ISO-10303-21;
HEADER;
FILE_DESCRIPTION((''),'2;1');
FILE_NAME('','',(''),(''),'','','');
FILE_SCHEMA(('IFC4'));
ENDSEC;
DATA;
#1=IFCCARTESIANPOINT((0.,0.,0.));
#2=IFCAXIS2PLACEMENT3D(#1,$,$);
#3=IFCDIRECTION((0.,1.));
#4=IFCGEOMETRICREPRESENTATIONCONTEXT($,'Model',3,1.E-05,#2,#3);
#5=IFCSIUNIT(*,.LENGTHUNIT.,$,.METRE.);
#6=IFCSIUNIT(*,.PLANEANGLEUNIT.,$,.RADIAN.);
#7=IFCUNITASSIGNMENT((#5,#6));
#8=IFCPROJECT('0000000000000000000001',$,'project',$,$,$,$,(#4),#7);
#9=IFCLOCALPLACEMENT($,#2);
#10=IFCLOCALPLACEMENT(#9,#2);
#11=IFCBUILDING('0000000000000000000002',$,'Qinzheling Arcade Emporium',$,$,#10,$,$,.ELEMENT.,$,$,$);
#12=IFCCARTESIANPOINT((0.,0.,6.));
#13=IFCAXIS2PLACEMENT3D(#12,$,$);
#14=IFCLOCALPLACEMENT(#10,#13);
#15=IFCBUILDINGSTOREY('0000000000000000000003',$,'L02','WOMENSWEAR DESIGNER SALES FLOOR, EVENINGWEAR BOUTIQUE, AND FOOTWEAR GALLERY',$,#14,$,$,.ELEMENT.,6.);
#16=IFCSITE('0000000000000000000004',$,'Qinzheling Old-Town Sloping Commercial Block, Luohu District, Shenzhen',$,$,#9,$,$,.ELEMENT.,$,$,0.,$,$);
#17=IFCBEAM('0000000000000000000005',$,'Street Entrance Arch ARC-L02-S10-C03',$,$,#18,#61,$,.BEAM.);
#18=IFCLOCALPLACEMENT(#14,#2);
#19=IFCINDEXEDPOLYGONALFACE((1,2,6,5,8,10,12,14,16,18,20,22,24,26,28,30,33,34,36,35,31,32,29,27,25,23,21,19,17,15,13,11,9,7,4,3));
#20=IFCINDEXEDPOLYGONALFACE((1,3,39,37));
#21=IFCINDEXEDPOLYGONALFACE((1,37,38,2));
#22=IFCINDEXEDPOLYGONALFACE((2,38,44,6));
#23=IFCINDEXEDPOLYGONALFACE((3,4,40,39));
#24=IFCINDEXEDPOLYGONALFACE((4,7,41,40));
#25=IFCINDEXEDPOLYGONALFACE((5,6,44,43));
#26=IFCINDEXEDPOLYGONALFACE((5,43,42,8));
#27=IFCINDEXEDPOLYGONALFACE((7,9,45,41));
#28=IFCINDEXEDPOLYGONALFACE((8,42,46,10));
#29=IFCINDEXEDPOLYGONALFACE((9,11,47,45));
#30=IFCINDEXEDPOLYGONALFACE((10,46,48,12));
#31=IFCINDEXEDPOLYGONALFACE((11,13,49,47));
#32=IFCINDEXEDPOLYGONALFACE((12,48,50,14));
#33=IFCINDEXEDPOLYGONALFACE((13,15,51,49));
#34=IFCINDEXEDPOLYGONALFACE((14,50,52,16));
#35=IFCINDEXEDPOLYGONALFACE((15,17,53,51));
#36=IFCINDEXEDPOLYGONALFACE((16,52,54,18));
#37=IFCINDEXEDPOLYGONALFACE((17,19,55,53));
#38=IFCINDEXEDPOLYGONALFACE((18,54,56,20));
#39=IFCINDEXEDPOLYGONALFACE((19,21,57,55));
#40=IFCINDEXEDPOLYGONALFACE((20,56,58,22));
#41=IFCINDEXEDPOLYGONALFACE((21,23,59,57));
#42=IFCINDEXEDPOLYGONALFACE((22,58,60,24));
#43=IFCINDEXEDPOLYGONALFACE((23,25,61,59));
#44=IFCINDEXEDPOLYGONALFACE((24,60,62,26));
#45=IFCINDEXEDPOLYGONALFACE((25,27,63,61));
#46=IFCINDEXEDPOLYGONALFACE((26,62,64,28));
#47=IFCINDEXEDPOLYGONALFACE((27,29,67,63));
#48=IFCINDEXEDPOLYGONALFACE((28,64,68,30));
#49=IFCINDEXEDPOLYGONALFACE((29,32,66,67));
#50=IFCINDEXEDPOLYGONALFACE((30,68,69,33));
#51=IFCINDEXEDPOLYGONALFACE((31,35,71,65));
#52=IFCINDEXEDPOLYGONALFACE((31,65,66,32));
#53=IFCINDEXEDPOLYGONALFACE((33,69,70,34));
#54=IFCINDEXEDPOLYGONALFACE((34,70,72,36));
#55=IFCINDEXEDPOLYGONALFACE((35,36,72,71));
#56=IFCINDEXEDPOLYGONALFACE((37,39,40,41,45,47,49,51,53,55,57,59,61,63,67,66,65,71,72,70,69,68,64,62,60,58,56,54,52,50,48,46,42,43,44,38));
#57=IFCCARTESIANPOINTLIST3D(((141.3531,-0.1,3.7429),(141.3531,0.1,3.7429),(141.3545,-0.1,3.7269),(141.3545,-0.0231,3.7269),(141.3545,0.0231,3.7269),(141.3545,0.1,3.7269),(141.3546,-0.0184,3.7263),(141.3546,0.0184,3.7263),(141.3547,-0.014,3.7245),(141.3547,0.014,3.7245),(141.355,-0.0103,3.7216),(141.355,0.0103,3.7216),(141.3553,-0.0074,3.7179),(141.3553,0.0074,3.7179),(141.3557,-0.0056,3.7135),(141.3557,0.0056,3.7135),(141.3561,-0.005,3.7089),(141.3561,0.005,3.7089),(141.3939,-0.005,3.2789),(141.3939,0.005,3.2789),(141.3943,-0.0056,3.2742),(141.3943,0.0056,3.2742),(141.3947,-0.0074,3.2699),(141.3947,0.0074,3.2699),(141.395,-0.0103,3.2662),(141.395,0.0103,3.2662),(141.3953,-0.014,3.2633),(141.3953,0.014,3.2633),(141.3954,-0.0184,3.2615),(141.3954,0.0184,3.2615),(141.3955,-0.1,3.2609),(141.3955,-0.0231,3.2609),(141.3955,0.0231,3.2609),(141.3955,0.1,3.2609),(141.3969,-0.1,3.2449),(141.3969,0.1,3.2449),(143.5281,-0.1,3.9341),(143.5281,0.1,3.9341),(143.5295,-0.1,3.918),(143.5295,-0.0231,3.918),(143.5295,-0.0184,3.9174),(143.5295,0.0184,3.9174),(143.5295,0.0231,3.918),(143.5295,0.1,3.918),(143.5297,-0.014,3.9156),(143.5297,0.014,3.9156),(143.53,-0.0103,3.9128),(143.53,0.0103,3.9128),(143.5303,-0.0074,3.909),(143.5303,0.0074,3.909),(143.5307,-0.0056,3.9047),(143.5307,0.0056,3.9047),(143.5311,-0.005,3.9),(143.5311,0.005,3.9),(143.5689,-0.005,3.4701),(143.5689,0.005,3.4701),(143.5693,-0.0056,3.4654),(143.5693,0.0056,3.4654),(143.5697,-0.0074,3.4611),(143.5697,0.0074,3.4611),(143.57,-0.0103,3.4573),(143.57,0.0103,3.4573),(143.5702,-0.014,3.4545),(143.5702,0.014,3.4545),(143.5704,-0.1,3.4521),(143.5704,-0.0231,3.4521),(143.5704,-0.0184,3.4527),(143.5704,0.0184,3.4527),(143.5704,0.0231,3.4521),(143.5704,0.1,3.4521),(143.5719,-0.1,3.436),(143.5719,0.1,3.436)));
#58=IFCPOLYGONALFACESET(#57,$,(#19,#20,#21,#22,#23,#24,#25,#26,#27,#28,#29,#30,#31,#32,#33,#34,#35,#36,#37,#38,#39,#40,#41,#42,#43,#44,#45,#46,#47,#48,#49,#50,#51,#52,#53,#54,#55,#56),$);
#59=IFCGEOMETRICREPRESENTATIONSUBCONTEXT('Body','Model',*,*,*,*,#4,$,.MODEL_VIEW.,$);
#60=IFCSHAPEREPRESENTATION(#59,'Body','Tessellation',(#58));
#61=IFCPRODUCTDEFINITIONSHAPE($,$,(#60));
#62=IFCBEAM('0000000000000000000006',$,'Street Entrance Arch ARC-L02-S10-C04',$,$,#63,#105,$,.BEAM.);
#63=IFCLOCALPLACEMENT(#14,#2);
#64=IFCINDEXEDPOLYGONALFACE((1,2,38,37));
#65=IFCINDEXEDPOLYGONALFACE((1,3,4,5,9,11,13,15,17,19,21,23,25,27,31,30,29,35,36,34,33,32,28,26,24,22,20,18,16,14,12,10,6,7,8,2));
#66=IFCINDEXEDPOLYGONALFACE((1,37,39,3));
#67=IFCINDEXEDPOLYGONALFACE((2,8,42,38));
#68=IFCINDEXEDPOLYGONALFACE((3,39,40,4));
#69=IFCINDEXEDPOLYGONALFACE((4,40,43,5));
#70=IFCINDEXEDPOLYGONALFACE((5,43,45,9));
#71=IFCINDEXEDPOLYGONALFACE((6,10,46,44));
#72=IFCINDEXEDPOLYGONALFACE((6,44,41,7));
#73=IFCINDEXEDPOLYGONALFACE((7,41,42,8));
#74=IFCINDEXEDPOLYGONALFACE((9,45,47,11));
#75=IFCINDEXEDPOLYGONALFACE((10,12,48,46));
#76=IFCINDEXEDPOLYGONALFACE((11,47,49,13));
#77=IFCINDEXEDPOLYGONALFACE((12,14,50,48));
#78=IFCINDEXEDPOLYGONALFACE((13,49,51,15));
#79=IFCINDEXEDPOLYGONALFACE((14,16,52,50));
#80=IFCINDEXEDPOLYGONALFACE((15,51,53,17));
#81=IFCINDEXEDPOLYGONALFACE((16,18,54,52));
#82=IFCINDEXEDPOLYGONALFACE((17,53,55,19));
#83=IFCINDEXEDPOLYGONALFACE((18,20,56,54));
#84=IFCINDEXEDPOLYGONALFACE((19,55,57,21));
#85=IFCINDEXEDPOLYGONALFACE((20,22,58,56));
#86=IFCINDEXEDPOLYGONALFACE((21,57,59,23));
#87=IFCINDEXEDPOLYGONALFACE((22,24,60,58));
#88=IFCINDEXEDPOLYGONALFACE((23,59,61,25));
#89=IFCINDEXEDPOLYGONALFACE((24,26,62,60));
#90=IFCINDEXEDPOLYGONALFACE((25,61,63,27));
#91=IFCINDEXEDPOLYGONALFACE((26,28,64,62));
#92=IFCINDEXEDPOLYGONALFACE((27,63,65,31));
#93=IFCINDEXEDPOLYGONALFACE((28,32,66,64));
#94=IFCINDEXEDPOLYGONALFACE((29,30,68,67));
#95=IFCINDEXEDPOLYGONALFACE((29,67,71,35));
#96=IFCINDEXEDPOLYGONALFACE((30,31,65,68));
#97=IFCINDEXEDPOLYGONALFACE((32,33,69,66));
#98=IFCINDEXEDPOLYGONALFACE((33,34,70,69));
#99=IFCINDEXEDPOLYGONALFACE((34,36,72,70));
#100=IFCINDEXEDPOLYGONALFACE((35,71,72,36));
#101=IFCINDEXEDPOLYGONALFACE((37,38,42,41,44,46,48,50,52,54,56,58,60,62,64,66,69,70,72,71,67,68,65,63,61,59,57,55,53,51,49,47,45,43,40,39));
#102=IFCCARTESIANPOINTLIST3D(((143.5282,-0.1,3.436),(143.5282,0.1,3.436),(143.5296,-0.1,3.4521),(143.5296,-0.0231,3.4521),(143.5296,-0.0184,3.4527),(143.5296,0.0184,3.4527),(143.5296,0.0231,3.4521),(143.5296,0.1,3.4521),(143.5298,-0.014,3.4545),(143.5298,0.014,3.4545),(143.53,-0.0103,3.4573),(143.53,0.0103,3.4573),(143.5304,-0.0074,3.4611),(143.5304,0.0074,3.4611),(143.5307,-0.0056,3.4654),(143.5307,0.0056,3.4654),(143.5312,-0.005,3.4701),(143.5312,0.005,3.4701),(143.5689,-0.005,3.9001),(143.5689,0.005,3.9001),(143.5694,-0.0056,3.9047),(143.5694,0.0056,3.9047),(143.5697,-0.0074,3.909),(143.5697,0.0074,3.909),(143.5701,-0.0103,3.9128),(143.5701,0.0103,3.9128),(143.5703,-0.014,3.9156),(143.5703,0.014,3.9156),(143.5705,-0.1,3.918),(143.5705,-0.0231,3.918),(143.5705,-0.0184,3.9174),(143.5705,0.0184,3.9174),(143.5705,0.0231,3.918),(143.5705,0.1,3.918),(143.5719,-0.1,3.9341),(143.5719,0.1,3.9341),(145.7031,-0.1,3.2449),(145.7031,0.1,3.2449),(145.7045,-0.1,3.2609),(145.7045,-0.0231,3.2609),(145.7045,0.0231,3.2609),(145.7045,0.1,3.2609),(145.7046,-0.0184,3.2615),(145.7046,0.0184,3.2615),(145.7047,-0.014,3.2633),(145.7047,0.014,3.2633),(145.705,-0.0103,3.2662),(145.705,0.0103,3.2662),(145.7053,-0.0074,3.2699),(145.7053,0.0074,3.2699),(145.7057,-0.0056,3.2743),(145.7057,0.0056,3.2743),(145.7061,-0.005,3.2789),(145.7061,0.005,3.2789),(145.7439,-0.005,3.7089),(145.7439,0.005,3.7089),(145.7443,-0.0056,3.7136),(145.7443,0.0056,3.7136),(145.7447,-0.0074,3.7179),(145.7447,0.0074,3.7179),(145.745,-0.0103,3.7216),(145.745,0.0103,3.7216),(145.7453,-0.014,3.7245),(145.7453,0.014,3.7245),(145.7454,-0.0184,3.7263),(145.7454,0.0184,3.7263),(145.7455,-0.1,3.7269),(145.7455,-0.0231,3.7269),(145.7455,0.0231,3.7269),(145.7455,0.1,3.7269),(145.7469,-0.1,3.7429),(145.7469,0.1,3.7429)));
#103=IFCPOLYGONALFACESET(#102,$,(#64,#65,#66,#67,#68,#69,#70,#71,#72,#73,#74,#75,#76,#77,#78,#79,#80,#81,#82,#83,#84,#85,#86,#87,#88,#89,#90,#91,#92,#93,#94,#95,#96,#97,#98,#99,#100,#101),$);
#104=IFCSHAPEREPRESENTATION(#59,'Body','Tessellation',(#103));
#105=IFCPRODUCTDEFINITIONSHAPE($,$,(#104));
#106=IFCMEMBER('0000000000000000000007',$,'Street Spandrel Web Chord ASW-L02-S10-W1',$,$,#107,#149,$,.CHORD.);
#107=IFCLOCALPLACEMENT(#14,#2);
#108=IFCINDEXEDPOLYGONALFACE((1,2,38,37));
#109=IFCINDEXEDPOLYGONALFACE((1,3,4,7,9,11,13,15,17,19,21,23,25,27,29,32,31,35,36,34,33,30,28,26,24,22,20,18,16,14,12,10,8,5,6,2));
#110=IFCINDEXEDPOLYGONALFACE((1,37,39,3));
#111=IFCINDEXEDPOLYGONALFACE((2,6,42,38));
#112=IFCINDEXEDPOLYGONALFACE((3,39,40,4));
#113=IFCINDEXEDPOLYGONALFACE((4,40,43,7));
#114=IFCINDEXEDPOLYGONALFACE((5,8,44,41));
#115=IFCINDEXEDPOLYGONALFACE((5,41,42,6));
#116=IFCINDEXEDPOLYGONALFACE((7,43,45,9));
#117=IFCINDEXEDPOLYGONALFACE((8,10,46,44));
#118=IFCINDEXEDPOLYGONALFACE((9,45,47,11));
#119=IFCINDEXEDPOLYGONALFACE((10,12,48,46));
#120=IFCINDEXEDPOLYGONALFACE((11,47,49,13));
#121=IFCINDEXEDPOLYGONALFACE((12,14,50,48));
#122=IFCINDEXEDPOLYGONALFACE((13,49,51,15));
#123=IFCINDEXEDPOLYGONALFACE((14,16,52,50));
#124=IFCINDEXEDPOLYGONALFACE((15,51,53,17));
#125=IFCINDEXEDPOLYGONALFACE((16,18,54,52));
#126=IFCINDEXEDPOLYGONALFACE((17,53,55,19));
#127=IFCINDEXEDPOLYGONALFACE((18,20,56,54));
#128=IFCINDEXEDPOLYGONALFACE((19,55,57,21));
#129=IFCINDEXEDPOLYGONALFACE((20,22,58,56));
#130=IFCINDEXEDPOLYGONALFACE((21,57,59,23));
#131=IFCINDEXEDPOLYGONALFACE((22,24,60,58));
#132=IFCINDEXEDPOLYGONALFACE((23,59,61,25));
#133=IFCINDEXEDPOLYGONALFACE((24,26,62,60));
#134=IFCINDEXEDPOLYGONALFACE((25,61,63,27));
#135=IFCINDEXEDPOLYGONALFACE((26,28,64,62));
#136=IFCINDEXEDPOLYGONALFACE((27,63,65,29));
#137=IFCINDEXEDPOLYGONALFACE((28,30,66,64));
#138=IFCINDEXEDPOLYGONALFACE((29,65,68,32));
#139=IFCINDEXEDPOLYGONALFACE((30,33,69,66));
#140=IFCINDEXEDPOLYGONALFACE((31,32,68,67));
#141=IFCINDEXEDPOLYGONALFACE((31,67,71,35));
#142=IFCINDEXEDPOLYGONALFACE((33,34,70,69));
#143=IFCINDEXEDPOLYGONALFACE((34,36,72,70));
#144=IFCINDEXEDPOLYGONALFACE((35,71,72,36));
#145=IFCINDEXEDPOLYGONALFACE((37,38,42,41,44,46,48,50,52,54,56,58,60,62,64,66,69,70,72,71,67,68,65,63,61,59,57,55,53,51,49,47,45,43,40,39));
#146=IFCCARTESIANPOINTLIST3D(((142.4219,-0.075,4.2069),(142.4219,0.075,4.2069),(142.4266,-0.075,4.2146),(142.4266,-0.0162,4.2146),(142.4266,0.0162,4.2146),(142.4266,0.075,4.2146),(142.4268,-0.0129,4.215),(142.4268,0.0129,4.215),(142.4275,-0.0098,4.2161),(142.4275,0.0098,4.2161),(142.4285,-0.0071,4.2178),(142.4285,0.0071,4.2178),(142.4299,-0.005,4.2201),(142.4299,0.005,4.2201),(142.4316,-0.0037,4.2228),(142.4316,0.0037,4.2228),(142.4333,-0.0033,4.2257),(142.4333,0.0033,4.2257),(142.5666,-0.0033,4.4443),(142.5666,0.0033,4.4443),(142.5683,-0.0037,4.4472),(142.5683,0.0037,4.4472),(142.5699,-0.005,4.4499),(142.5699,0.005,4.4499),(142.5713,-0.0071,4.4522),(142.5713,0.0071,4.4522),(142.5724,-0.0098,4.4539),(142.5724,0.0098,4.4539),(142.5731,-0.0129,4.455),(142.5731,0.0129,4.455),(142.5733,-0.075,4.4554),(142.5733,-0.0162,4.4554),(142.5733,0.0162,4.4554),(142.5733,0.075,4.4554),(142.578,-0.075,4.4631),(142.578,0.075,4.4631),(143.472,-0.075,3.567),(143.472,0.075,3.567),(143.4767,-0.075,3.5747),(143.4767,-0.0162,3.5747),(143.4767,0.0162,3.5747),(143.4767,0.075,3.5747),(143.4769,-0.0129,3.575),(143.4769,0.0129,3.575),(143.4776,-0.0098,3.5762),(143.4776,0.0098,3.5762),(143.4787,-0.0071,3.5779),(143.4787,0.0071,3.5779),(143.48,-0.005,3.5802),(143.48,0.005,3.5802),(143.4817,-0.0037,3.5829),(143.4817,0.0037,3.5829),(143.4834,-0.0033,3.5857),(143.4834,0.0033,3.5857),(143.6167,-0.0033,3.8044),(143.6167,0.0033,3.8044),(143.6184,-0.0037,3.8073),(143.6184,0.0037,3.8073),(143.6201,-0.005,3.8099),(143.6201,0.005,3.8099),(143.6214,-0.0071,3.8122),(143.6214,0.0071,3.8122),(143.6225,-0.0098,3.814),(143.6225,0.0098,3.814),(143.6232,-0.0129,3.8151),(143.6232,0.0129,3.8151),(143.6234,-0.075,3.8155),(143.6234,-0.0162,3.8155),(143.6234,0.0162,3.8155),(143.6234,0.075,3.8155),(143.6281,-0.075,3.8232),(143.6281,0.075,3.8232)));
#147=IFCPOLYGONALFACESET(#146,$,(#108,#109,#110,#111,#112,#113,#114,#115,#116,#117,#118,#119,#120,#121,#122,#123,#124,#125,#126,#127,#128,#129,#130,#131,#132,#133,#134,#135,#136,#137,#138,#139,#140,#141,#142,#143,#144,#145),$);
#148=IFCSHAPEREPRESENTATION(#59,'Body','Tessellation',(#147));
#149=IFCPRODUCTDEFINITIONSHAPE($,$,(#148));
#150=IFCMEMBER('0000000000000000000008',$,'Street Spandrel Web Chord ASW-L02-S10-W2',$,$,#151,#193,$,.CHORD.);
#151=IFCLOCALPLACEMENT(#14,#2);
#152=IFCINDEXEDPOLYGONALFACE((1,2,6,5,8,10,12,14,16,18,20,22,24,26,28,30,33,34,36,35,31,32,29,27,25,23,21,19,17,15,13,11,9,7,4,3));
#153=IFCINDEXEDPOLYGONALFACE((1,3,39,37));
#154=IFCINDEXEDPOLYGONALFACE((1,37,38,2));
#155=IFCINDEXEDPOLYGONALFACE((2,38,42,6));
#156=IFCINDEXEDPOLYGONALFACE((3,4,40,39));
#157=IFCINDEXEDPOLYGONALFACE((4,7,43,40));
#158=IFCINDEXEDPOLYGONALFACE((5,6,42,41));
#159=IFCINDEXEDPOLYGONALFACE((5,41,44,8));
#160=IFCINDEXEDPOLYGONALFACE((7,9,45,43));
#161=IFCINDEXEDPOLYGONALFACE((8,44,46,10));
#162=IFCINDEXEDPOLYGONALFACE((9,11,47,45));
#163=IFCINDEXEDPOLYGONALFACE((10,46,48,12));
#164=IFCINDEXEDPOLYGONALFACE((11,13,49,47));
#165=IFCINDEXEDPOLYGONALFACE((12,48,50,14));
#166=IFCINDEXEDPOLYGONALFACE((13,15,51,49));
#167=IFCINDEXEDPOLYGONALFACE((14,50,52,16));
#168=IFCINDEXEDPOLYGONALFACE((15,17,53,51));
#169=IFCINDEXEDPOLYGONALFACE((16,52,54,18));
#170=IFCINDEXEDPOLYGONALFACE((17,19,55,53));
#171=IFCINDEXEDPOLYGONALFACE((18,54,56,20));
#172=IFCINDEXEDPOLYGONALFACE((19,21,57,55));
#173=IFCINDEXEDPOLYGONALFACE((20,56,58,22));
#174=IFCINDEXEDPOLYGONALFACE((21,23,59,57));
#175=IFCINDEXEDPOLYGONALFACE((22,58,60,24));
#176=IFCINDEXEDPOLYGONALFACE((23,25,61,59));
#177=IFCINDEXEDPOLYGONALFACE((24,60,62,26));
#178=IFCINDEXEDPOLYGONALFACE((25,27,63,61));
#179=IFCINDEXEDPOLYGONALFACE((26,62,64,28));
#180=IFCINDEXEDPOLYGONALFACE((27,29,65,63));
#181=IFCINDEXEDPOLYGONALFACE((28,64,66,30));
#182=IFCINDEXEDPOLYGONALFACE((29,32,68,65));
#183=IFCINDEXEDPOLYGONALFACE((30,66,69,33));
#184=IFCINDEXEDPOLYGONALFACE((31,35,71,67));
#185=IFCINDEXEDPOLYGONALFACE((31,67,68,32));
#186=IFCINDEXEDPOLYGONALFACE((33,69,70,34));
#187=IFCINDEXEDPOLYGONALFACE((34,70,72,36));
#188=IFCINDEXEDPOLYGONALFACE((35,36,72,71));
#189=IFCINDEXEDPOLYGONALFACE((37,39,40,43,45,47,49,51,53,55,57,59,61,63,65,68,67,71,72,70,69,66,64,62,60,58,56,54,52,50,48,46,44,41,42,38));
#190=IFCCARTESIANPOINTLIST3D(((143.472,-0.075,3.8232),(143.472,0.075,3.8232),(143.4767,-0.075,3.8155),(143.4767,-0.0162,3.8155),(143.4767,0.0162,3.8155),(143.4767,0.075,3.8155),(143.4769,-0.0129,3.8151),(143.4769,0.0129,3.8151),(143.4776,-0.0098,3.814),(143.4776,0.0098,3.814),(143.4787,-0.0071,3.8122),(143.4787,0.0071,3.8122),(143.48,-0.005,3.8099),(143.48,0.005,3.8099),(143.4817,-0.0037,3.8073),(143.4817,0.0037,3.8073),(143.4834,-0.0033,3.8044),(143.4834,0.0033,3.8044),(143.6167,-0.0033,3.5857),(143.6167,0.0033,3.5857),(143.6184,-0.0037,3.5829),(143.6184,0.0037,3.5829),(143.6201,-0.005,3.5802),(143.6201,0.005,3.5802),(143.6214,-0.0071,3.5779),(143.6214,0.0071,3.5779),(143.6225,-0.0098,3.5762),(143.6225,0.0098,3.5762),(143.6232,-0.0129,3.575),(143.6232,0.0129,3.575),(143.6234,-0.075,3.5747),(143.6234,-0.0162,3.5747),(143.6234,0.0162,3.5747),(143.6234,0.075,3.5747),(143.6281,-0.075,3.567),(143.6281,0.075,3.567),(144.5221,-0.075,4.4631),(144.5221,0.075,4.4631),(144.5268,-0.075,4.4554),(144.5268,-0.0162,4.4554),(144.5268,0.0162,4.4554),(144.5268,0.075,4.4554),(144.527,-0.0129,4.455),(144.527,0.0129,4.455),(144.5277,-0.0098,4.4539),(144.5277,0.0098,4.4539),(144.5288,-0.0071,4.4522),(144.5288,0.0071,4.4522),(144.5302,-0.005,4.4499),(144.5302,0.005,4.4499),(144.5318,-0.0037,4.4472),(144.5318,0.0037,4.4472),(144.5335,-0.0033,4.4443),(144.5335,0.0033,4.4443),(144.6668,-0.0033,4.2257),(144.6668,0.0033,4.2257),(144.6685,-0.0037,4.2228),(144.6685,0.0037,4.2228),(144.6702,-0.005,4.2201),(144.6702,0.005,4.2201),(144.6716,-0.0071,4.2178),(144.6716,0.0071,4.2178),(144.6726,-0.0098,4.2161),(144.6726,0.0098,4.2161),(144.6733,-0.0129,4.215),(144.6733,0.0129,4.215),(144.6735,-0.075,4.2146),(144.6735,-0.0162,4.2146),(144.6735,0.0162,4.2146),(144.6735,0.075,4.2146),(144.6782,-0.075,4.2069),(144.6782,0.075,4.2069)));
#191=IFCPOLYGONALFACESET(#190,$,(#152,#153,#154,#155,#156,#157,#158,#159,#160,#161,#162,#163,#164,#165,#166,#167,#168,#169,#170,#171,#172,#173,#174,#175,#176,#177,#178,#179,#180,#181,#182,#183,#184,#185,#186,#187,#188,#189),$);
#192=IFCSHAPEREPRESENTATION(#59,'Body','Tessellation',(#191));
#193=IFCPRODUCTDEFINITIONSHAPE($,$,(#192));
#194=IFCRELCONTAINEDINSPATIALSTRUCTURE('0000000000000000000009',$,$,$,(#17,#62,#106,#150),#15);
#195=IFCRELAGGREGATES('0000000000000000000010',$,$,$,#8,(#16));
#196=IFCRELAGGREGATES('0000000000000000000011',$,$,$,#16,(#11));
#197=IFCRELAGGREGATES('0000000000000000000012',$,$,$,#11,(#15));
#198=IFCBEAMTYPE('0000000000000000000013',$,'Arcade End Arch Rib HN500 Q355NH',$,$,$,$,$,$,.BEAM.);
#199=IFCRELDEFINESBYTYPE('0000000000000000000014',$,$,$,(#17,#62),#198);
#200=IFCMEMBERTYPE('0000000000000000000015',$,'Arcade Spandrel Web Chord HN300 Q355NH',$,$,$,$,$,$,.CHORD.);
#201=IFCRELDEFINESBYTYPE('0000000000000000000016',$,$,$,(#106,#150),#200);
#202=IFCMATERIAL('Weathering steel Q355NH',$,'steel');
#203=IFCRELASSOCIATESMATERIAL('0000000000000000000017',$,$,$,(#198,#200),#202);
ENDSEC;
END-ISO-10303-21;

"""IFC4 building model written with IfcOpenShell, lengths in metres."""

from ifc_helpers import new_model, si_unit, direction, frame, origin, origin_2d, place, context, subcontext, project, spatial, i_section, extrude, material, material_profile, profile_set, type_object, element, save


model = new_model("IFC4")

# Units and contexts
model_context = context("Model", 3, precision=1e-05, world=origin(), true_north=direction((0.0, 1.0)))
body_context = subcontext(model_context, "Body", "Model", "MODEL_VIEW")
ifc_project = project(units=[si_unit("LENGTHUNIT", "METRE"), si_unit("PLANEANGLEUNIT", "RADIAN")], contexts=[model_context])

# Site, building, storey
site_placement = place(None, origin())
site = spatial("IfcSite", under=ifc_project, at=site_placement, Name="Qinzheling Old-Town Sloping Commercial Block, Luohu District, Shenzhen", CompositionType="ELEMENT", RefElevation=0.0)
building_placement = place(site_placement, origin())
building = spatial("IfcBuilding", under=site, at=building_placement, Name="Qinzheling Arcade Emporium", CompositionType="ELEMENT")
storey_placement = place(building_placement, frame((0.0, 0.0, 6.0)))
storey = spatial("IfcBuildingStorey", under=building, at=storey_placement, Name="L02", Description="WOMENSWEAR DESIGNER SALES FLOOR, EVENINGWEAR BOUTIQUE, AND FOOTWEAR GALLERY", CompositionType="ELEMENT", Elevation=6.0)

# Beams
ifc_material_1 = material(Name="Weathering steel Q355NH", Category="steel")
ifc_material_profile_1 = material_profile(ifc_material_1, i_section(OverallWidth=0.2, OverallDepth=0.5, WebThickness=0.01, FlangeThickness=0.0161, FilletRadius=0.0181, at=origin_2d()), Name="HN 500x200x10x16", Category="steel")
ifc_profile_set_1 = profile_set([ifc_material_profile_1], Name="Weathering steel Q355NH")
beam_type_1 = type_object("IfcBeamType", Name="Arcade End Arch Rib HN500 Q355NH", PredefinedType="BEAM", material=ifc_profile_set_1)
for number, where, z_axis, x_axis, name in (
    (1, (141.375, 0.0, 3.4939), (0.99616, 0.0, 0.087551), (0.0, 1.0, 0.0), "Street Entrance Arch ARC-L02-S10-C03"),
    (2, (143.55, 0.0, 3.6851), (0.99616, 0.0, -0.087551), (0.0, 1.0, 0.0), "Street Entrance Arch ARC-L02-S10-C04"),
):
    element("IfcBeam", number, at=place(storey_placement, frame(where, z_axis=z_axis, x_axis=x_axis)), inside=storey, type_object=beam_type_1, Name=name, PredefinedType="BEAM", context=body_context, shape_type="SweptSolid", body=[
        extrude(i_section(OverallWidth=0.2, OverallDepth=0.5, WebThickness=0.01, FlangeThickness=0.0161, FilletRadius=0.0181, at=origin_2d()), origin(), (0.0, 0.0, 1.0), 2.1833),
    ])

# Members
ifc_material_profile_2 = material_profile(ifc_material_1, i_section(OverallWidth=0.1499, OverallDepth=0.3, WebThickness=0.0066, FlangeThickness=0.009, FilletRadius=0.0129, at=origin_2d()), Name="HN 300x150x6.5x9", Category="steel")
ifc_profile_set_2 = profile_set([ifc_material_profile_2], Name="Weathering steel Q355NH")
member_type_1 = type_object("IfcMemberType", Name="Arcade Spandrel Web Chord HN300 Q355NH", PredefinedType="CHORD", material=ifc_profile_set_2)
for number, where, z_axis, x_axis, name in (
    (3, (143.55, 0.0, 3.6951), (-0.853934, 0.0, 0.520381), (0.0, -1.0, 0.0), "Street Spandrel Web Chord ASW-L02-S10-W1"),
    (4, (143.55, 0.0, 3.6951), (0.853934, 0.0, 0.520381), (0.0, 1.0, 0.0), "Street Spandrel Web Chord ASW-L02-S10-W2"),
):
    element("IfcMember", number, at=place(storey_placement, frame(where, z_axis=z_axis, x_axis=x_axis)), inside=storey, type_object=member_type_1, Name=name, PredefinedType="CHORD", context=body_context, shape_type="SweptSolid", body=[
        extrude(i_section(OverallWidth=0.1499, OverallDepth=0.3, WebThickness=0.0066, FlangeThickness=0.009, FilletRadius=0.0129, at=origin_2d()), origin(), (0.0, 0.0, 1.0), 1.2297),
    ])

save(model, "model.ifc")
